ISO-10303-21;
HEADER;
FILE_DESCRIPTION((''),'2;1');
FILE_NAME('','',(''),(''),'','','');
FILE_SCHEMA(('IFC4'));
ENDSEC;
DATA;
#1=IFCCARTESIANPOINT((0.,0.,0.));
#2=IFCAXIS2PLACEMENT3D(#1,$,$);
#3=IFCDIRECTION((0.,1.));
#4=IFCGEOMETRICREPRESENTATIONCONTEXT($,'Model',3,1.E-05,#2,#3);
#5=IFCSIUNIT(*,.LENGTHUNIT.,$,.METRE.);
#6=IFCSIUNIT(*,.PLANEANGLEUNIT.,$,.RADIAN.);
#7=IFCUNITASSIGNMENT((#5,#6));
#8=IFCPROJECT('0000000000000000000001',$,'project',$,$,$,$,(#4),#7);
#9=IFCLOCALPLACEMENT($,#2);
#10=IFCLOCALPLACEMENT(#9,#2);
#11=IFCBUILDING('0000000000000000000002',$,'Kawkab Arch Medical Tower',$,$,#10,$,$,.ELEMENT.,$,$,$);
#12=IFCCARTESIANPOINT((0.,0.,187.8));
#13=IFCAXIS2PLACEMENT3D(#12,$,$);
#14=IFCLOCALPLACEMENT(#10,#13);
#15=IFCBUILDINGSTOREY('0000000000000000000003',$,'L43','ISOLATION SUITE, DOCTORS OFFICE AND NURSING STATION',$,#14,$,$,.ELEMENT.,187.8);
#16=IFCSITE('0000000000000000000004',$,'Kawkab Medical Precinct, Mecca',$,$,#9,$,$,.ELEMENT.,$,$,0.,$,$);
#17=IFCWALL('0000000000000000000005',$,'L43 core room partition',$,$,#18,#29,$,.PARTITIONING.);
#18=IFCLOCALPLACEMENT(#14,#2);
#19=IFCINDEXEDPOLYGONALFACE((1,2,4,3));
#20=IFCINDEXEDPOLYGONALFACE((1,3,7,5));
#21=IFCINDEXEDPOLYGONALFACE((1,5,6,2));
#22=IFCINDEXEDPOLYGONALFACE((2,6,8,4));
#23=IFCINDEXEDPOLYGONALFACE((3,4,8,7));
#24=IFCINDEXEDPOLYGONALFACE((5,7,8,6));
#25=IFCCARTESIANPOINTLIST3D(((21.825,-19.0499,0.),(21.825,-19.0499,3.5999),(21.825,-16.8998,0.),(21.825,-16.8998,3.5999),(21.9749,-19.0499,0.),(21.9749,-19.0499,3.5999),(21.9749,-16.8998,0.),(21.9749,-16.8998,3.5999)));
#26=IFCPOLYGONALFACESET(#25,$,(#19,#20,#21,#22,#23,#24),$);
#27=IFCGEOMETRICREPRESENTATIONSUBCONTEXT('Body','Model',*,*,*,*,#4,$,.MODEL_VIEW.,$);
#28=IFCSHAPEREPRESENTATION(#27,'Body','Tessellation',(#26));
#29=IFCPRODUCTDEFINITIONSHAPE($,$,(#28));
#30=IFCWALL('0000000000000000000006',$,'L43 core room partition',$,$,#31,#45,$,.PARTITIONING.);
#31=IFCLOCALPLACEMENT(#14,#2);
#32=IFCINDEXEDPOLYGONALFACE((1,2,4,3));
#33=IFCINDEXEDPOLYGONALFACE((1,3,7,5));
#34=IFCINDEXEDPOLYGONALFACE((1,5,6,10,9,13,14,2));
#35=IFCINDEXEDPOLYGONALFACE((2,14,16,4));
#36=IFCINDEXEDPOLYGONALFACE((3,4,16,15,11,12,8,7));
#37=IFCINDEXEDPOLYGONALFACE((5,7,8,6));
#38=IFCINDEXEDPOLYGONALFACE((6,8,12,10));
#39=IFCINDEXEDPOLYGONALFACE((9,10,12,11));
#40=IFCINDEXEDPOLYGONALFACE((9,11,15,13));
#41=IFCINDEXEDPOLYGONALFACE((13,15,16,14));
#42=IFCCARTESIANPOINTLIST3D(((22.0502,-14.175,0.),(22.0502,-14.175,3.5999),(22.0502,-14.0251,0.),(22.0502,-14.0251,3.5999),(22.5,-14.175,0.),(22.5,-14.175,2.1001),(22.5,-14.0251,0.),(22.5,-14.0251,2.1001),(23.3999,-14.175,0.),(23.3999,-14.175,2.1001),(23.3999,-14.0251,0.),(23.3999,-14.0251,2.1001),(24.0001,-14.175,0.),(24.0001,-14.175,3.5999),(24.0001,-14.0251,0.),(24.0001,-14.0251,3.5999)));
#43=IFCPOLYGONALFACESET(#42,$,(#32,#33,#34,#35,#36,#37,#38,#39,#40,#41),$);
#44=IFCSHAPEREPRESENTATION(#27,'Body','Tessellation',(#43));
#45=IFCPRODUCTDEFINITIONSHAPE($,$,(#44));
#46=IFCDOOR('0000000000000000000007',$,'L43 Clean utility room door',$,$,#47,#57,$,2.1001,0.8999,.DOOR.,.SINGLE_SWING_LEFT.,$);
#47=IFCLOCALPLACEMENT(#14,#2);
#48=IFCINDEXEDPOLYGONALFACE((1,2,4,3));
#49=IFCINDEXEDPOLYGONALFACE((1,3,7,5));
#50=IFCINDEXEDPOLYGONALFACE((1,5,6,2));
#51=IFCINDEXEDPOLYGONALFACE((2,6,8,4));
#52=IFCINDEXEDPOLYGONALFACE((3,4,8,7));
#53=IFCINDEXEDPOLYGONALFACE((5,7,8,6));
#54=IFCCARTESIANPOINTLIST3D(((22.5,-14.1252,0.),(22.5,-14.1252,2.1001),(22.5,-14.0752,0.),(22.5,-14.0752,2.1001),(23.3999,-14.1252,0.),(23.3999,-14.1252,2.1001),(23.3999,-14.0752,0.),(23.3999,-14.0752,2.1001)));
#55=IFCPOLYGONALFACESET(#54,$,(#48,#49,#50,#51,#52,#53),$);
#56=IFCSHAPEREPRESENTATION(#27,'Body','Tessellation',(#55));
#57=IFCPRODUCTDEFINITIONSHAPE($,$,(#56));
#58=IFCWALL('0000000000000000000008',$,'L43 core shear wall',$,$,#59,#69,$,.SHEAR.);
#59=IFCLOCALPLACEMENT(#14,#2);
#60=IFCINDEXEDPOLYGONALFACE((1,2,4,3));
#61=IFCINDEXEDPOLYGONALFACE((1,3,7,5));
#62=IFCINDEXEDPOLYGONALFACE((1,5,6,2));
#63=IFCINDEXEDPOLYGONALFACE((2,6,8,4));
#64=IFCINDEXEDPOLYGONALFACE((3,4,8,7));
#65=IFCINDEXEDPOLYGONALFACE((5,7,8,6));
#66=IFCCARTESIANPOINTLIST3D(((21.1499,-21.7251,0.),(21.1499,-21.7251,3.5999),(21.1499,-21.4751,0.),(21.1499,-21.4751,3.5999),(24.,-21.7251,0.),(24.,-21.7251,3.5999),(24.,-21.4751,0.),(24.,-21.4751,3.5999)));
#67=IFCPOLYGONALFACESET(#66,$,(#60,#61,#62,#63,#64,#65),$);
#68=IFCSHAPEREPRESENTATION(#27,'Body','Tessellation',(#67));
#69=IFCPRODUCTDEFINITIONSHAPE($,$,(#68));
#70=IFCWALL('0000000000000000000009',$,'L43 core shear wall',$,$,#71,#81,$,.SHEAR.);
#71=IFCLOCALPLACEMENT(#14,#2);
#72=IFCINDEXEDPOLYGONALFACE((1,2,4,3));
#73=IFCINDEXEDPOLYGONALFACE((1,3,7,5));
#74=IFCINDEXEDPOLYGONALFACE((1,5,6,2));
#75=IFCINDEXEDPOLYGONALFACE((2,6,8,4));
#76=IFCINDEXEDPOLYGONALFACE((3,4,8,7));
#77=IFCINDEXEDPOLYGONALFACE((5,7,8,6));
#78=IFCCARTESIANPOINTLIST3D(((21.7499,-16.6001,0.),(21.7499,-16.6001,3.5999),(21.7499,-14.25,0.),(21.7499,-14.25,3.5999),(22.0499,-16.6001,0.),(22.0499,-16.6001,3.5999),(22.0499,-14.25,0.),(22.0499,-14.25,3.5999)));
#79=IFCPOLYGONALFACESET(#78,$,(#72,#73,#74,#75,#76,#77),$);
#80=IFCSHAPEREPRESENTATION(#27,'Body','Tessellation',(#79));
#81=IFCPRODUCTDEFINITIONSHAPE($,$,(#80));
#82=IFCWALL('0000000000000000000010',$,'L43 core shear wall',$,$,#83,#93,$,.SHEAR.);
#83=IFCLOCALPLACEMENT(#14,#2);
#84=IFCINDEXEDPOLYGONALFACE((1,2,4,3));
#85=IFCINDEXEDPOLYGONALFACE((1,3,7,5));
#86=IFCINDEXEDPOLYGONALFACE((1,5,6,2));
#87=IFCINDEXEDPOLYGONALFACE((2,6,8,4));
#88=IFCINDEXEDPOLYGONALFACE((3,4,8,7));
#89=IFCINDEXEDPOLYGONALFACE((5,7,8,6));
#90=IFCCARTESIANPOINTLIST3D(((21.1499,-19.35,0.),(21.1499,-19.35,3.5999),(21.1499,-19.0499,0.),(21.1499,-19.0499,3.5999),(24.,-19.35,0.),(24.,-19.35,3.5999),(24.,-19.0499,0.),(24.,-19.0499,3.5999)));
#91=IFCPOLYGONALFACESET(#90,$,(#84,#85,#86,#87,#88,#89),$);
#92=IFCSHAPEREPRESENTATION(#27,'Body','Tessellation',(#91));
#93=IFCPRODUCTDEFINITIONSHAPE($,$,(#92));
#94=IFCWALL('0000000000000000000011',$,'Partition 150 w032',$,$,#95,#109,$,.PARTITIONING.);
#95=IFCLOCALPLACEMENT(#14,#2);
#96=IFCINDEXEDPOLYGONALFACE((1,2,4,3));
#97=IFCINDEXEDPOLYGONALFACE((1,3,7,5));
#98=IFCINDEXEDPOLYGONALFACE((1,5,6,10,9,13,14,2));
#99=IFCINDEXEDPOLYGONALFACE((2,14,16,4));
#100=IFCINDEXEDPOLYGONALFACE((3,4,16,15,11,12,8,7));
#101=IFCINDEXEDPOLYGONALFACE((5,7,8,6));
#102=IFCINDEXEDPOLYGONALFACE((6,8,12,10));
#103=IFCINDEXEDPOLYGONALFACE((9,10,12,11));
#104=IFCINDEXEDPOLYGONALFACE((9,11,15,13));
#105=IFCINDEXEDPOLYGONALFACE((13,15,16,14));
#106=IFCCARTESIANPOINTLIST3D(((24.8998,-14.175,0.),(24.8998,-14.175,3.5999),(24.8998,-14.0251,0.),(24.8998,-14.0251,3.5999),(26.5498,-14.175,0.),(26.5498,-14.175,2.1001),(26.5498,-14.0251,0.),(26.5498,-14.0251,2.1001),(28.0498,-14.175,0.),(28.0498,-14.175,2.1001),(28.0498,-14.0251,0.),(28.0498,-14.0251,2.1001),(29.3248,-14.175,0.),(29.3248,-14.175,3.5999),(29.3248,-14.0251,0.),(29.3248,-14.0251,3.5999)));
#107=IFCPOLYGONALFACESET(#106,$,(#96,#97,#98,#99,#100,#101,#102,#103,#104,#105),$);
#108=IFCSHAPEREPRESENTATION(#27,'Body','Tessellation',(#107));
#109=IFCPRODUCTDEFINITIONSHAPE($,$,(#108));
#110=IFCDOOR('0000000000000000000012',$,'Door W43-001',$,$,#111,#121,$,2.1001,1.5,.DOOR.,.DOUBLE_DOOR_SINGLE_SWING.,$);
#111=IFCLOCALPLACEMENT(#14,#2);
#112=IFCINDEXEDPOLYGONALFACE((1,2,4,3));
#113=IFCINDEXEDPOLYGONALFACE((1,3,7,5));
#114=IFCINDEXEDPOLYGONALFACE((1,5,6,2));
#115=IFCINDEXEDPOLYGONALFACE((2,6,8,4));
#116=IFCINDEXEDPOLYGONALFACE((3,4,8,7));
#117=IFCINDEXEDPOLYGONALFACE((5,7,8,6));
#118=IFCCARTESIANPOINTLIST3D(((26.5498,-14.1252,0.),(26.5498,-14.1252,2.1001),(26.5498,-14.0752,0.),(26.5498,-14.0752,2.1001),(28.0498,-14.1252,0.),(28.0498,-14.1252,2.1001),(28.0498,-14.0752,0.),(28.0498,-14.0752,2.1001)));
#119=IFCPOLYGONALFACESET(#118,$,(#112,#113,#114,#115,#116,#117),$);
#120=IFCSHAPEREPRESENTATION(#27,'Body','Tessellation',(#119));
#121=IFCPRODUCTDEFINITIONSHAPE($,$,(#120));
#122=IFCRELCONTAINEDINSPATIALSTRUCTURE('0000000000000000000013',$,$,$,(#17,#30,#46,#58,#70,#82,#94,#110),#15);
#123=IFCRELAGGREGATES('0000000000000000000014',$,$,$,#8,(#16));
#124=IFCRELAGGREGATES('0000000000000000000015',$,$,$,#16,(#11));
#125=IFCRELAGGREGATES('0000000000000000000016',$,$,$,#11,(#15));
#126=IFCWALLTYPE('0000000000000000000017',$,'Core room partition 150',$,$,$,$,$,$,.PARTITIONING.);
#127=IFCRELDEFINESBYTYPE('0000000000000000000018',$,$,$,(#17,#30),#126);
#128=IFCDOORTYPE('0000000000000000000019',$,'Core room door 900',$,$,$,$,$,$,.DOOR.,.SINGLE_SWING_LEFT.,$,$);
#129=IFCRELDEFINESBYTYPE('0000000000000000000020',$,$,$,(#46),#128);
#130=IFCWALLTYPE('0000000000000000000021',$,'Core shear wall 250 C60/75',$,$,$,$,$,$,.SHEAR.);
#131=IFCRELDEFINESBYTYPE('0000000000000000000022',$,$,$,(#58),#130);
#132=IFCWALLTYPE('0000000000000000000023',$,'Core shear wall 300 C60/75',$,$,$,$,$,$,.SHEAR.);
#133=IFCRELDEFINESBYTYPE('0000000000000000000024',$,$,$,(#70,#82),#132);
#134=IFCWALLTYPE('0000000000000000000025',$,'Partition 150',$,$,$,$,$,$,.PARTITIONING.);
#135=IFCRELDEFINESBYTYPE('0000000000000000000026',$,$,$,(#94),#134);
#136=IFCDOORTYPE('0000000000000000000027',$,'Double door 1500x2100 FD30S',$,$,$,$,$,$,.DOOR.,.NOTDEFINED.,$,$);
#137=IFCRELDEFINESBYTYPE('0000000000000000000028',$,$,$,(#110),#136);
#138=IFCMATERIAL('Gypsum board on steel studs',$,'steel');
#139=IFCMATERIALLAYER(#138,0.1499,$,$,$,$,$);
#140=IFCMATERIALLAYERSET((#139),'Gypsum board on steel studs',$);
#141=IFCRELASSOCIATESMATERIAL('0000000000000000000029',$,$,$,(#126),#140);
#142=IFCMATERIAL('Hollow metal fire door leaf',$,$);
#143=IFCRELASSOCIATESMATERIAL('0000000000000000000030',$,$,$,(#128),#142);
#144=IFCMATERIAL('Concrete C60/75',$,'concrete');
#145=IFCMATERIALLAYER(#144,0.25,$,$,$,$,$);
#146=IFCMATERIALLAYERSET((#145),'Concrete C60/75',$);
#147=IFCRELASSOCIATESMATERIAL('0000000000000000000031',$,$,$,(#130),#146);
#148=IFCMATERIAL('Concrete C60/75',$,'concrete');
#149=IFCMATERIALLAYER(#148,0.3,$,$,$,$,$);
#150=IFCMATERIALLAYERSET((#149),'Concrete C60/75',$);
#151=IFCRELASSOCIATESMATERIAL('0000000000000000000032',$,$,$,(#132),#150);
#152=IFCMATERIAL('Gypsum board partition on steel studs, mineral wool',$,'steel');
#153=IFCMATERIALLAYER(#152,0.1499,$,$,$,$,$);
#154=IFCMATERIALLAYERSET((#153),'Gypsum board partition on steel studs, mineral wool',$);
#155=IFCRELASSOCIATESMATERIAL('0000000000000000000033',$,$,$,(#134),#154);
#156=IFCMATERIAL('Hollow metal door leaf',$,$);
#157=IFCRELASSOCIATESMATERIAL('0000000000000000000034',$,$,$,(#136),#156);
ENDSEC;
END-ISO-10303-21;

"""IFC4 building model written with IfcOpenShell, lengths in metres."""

from ifc_helpers import new_model, si_unit, direction, frame, frame_2d, origin, place, context, subcontext, project, spatial, rectangle, extrude, material, layer, layer_set, type_object, element, fill, save


model = new_model("IFC4")

# Units and contexts
model_context = context("Model", 3, precision=1e-05, world=origin(), true_north=direction((0.0, 1.0)))
body_context = subcontext(model_context, "Body", "Model", "MODEL_VIEW")
ifc_project = project(units=[si_unit("LENGTHUNIT", "METRE"), si_unit("PLANEANGLEUNIT", "RADIAN")], contexts=[model_context])

# Site, building, storey
site_placement = place(None, origin())
site = spatial("IfcSite", under=ifc_project, at=site_placement, Name="Kawkab Medical Precinct, Mecca", CompositionType="ELEMENT", RefElevation=0.0)
building_placement = place(site_placement, origin())
building = spatial("IfcBuilding", under=site, at=building_placement, Name="Kawkab Arch Medical Tower", CompositionType="ELEMENT")
storey_placement = place(building_placement, frame((0.0, 0.0, 187.8)))
storey = spatial("IfcBuildingStorey", under=building, at=storey_placement, Name="L43", Description="ISOLATION SUITE, DOCTORS OFFICE AND NURSING STATION", CompositionType="ELEMENT", Elevation=187.8)

# Wall
ifc_material_1 = material(Name="Gypsum board on steel studs", Category="steel")
ifc_layer_1 = layer(ifc_material_1, 0.1499)
ifc_layer_set_1 = layer_set([ifc_layer_1], Name="Gypsum board on steel studs")
wall_type_1 = type_object("IfcWallType", Name="Core room partition 150", PredefinedType="PARTITIONING", material=ifc_layer_set_1)
wall_1_placement = place(storey_placement, frame((21.8999, -19.05, 0.0), z_axis=(0.0, 0.0, 1.0), x_axis=(0.0, 1.0, 0.0)))
element("IfcWall", 1, at=wall_1_placement, inside=storey, type_object=wall_type_1, Name="L43 core room partition", PredefinedType="PARTITIONING", context=body_context, shape_type="SweptSolid", body=[
    extrude(rectangle(XDim=2.1501, YDim=0.1499, at=frame_2d((1.0752, 0.0))), origin(), (0.0, 0.0, 1.0), 3.5999),
])

# Wall, opening, door
wall_2_placement = place(storey_placement, frame((22.05, -14.1001, 0.0), z_axis=(0.0, 0.0, 1.0), x_axis=(1.0, 0.0, 0.0)))
wall_2 = element("IfcWall", 2, at=wall_2_placement, inside=storey, type_object=wall_type_1, Name="L43 core room partition", PredefinedType="PARTITIONING", context=body_context, shape_type="SweptSolid", body=[
    extrude(rectangle(XDim=1.95, YDim=0.1499, at=frame_2d((0.9751, 0.0))), origin(), (0.0, 0.0, 1.0), 3.5999),
])
opening_1_placement = place(wall_2_placement, frame((0.45, 0.0, 0.0)))
opening_1 = element("IfcOpeningElement", 3, at=opening_1_placement, cuts=wall_2, PredefinedType="OPENING", context=body_context, shape_type="SweptSolid", body=[
    extrude(rectangle(XDim=0.8999, YDim=2.1001, at=frame_2d((0.45, 1.05))), frame((0.0, 0.085, 0.0), z_axis=(0.0, -1.0, 0.0), x_axis=(1.0, 0.0, 0.0)), (0.0, 0.0, 1.0), 0.1699),
])
ifc_material_2 = material(Name="Hollow metal fire door leaf")
door_type_1 = type_object("IfcDoorType", Name="Core room door 900", OperationType="SINGLE_SWING_LEFT", PredefinedType="DOOR", material=ifc_material_2)
door_1_placement = place(opening_1_placement, origin())
door_1 = element("IfcDoor", 4, at=door_1_placement, inside=storey, type_object=door_type_1, Name="L43 Clean utility room door", OperationType="SINGLE_SWING_LEFT", OverallHeight=2.1001, OverallWidth=0.8999, PredefinedType="DOOR", context=body_context, shape_type="SweptSolid", body=[
    extrude(rectangle(XDim=0.8999, YDim=2.1001, at=frame_2d((0.45, 1.05))), frame((0.0, 0.0249, 0.0), z_axis=(0.0, -1.0, 0.0), x_axis=(1.0, 0.0, 0.0)), (0.0, 0.0, 1.0), 0.05),
])
fill(opening_1, door_1)

# Walls
ifc_material_3 = material(Name="Concrete C60/75", Category="concrete")
ifc_layer_2 = layer(ifc_material_3, 0.25)
ifc_layer_set_2 = layer_set([ifc_layer_2], Name="Concrete C60/75")
wall_type_2 = type_object("IfcWallType", Name="Core shear wall 250 C60/75", PredefinedType="SHEAR", material=ifc_layer_set_2)
wall_3_placement = place(storey_placement, frame((21.1499, -21.6001, 0.0), z_axis=(0.0, 0.0, 1.0), x_axis=(1.0, 0.0, 0.0)))
element("IfcWall", 5, at=wall_3_placement, inside=storey, type_object=wall_type_2, Name="L43 core shear wall", PredefinedType="SHEAR", context=body_context, shape_type="SweptSolid", body=[
    extrude(rectangle(XDim=2.8501, YDim=0.25, at=frame_2d((1.425, 0.0))), origin(), (0.0, 0.0, 1.0), 3.5999),
])
ifc_material_4 = material(Name="Concrete C60/75", Category="concrete")
ifc_layer_3 = layer(ifc_material_4, 0.3)
ifc_layer_set_3 = layer_set([ifc_layer_3], Name="Concrete C60/75")
wall_type_3 = type_object("IfcWallType", Name="Core shear wall 300 C60/75", PredefinedType="SHEAR", material=ifc_layer_set_3)
wall_4_placement = place(storey_placement, frame((21.8999, -16.6001, 0.0), z_axis=(0.0, 0.0, 1.0), x_axis=(0.0, 1.0, 0.0)))
element("IfcWall", 6, at=wall_4_placement, inside=storey, type_object=wall_type_3, Name="L43 core shear wall", PredefinedType="SHEAR", context=body_context, shape_type="SweptSolid", body=[
    extrude(rectangle(XDim=2.3501, YDim=0.3, at=frame_2d((1.175, 0.0))), origin(), (0.0, 0.0, 1.0), 3.5999),
])
wall_5_placement = place(storey_placement, frame((21.1499, -19.2, 0.0), z_axis=(0.0, 0.0, 1.0), x_axis=(1.0, 0.0, 0.0)))
element("IfcWall", 7, at=wall_5_placement, inside=storey, type_object=wall_type_3, Name="L43 core shear wall", PredefinedType="SHEAR", context=body_context, shape_type="SweptSolid", body=[
    extrude(rectangle(XDim=2.8501, YDim=0.3, at=frame_2d((1.425, 0.0))), origin(), (0.0, 0.0, 1.0), 3.5999),
])

# Wall, opening, door
ifc_material_5 = material(Name="Gypsum board partition on steel studs, mineral wool", Category="steel")
ifc_layer_4 = layer(ifc_material_5, 0.1499)
ifc_layer_set_4 = layer_set([ifc_layer_4], Name="Gypsum board partition on steel studs, mineral wool")
wall_type_4 = type_object("IfcWallType", Name="Partition 150", PredefinedType="PARTITIONING", material=ifc_layer_set_4)
wall_6_placement = place(storey_placement, frame((24.8999, -14.1001, 0.0), z_axis=(0.0, 0.0, 1.0), x_axis=(1.0, 0.0, 0.0)))
wall_6 = element("IfcWall", 8, at=wall_6_placement, inside=storey, type_object=wall_type_4, Name="Partition 150 w032", PredefinedType="PARTITIONING", context=body_context, shape_type="SweptSolid", body=[
    extrude(rectangle(XDim=4.425, YDim=0.1499, at=frame_2d((2.2124, 0.0))), origin(), (0.0, 0.0, 1.0), 3.5999),
])
opening_2_placement = place(wall_6_placement, frame((1.6499, 0.0, 0.0)))
opening_2 = element("IfcOpeningElement", 9, at=opening_2_placement, cuts=wall_6, PredefinedType="OPENING", context=body_context, shape_type="SweptSolid", body=[
    extrude(rectangle(XDim=1.5, YDim=2.1001, at=frame_2d((0.75, 1.05))), frame((0.0, 0.085, 0.0), z_axis=(0.0, -1.0, 0.0), x_axis=(1.0, 0.0, 0.0)), (0.0, 0.0, 1.0), 0.1699),
])
ifc_material_6 = material(Name="Hollow metal door leaf")
door_type_2 = type_object("IfcDoorType", Name="Double door 1500x2100 FD30S", OperationType="NOTDEFINED", PredefinedType="DOOR", material=ifc_material_6)
door_2_placement = place(opening_2_placement, origin())
door_2 = element("IfcDoor", 10, at=door_2_placement, inside=storey, type_object=door_type_2, Name="Door W43-001", OperationType="DOUBLE_DOOR_SINGLE_SWING", OverallHeight=2.1001, OverallWidth=1.5, PredefinedType="DOOR", context=body_context, shape_type="SweptSolid", body=[
    extrude(rectangle(XDim=1.5, YDim=2.1001, at=frame_2d((0.75, 1.05))), frame((0.0, 0.0249, 0.0), z_axis=(0.0, -1.0, 0.0), x_axis=(1.0, 0.0, 0.0)), (0.0, 0.0, 1.0), 0.05),
])
fill(opening_2, door_2)

save(model, "model.ifc")
